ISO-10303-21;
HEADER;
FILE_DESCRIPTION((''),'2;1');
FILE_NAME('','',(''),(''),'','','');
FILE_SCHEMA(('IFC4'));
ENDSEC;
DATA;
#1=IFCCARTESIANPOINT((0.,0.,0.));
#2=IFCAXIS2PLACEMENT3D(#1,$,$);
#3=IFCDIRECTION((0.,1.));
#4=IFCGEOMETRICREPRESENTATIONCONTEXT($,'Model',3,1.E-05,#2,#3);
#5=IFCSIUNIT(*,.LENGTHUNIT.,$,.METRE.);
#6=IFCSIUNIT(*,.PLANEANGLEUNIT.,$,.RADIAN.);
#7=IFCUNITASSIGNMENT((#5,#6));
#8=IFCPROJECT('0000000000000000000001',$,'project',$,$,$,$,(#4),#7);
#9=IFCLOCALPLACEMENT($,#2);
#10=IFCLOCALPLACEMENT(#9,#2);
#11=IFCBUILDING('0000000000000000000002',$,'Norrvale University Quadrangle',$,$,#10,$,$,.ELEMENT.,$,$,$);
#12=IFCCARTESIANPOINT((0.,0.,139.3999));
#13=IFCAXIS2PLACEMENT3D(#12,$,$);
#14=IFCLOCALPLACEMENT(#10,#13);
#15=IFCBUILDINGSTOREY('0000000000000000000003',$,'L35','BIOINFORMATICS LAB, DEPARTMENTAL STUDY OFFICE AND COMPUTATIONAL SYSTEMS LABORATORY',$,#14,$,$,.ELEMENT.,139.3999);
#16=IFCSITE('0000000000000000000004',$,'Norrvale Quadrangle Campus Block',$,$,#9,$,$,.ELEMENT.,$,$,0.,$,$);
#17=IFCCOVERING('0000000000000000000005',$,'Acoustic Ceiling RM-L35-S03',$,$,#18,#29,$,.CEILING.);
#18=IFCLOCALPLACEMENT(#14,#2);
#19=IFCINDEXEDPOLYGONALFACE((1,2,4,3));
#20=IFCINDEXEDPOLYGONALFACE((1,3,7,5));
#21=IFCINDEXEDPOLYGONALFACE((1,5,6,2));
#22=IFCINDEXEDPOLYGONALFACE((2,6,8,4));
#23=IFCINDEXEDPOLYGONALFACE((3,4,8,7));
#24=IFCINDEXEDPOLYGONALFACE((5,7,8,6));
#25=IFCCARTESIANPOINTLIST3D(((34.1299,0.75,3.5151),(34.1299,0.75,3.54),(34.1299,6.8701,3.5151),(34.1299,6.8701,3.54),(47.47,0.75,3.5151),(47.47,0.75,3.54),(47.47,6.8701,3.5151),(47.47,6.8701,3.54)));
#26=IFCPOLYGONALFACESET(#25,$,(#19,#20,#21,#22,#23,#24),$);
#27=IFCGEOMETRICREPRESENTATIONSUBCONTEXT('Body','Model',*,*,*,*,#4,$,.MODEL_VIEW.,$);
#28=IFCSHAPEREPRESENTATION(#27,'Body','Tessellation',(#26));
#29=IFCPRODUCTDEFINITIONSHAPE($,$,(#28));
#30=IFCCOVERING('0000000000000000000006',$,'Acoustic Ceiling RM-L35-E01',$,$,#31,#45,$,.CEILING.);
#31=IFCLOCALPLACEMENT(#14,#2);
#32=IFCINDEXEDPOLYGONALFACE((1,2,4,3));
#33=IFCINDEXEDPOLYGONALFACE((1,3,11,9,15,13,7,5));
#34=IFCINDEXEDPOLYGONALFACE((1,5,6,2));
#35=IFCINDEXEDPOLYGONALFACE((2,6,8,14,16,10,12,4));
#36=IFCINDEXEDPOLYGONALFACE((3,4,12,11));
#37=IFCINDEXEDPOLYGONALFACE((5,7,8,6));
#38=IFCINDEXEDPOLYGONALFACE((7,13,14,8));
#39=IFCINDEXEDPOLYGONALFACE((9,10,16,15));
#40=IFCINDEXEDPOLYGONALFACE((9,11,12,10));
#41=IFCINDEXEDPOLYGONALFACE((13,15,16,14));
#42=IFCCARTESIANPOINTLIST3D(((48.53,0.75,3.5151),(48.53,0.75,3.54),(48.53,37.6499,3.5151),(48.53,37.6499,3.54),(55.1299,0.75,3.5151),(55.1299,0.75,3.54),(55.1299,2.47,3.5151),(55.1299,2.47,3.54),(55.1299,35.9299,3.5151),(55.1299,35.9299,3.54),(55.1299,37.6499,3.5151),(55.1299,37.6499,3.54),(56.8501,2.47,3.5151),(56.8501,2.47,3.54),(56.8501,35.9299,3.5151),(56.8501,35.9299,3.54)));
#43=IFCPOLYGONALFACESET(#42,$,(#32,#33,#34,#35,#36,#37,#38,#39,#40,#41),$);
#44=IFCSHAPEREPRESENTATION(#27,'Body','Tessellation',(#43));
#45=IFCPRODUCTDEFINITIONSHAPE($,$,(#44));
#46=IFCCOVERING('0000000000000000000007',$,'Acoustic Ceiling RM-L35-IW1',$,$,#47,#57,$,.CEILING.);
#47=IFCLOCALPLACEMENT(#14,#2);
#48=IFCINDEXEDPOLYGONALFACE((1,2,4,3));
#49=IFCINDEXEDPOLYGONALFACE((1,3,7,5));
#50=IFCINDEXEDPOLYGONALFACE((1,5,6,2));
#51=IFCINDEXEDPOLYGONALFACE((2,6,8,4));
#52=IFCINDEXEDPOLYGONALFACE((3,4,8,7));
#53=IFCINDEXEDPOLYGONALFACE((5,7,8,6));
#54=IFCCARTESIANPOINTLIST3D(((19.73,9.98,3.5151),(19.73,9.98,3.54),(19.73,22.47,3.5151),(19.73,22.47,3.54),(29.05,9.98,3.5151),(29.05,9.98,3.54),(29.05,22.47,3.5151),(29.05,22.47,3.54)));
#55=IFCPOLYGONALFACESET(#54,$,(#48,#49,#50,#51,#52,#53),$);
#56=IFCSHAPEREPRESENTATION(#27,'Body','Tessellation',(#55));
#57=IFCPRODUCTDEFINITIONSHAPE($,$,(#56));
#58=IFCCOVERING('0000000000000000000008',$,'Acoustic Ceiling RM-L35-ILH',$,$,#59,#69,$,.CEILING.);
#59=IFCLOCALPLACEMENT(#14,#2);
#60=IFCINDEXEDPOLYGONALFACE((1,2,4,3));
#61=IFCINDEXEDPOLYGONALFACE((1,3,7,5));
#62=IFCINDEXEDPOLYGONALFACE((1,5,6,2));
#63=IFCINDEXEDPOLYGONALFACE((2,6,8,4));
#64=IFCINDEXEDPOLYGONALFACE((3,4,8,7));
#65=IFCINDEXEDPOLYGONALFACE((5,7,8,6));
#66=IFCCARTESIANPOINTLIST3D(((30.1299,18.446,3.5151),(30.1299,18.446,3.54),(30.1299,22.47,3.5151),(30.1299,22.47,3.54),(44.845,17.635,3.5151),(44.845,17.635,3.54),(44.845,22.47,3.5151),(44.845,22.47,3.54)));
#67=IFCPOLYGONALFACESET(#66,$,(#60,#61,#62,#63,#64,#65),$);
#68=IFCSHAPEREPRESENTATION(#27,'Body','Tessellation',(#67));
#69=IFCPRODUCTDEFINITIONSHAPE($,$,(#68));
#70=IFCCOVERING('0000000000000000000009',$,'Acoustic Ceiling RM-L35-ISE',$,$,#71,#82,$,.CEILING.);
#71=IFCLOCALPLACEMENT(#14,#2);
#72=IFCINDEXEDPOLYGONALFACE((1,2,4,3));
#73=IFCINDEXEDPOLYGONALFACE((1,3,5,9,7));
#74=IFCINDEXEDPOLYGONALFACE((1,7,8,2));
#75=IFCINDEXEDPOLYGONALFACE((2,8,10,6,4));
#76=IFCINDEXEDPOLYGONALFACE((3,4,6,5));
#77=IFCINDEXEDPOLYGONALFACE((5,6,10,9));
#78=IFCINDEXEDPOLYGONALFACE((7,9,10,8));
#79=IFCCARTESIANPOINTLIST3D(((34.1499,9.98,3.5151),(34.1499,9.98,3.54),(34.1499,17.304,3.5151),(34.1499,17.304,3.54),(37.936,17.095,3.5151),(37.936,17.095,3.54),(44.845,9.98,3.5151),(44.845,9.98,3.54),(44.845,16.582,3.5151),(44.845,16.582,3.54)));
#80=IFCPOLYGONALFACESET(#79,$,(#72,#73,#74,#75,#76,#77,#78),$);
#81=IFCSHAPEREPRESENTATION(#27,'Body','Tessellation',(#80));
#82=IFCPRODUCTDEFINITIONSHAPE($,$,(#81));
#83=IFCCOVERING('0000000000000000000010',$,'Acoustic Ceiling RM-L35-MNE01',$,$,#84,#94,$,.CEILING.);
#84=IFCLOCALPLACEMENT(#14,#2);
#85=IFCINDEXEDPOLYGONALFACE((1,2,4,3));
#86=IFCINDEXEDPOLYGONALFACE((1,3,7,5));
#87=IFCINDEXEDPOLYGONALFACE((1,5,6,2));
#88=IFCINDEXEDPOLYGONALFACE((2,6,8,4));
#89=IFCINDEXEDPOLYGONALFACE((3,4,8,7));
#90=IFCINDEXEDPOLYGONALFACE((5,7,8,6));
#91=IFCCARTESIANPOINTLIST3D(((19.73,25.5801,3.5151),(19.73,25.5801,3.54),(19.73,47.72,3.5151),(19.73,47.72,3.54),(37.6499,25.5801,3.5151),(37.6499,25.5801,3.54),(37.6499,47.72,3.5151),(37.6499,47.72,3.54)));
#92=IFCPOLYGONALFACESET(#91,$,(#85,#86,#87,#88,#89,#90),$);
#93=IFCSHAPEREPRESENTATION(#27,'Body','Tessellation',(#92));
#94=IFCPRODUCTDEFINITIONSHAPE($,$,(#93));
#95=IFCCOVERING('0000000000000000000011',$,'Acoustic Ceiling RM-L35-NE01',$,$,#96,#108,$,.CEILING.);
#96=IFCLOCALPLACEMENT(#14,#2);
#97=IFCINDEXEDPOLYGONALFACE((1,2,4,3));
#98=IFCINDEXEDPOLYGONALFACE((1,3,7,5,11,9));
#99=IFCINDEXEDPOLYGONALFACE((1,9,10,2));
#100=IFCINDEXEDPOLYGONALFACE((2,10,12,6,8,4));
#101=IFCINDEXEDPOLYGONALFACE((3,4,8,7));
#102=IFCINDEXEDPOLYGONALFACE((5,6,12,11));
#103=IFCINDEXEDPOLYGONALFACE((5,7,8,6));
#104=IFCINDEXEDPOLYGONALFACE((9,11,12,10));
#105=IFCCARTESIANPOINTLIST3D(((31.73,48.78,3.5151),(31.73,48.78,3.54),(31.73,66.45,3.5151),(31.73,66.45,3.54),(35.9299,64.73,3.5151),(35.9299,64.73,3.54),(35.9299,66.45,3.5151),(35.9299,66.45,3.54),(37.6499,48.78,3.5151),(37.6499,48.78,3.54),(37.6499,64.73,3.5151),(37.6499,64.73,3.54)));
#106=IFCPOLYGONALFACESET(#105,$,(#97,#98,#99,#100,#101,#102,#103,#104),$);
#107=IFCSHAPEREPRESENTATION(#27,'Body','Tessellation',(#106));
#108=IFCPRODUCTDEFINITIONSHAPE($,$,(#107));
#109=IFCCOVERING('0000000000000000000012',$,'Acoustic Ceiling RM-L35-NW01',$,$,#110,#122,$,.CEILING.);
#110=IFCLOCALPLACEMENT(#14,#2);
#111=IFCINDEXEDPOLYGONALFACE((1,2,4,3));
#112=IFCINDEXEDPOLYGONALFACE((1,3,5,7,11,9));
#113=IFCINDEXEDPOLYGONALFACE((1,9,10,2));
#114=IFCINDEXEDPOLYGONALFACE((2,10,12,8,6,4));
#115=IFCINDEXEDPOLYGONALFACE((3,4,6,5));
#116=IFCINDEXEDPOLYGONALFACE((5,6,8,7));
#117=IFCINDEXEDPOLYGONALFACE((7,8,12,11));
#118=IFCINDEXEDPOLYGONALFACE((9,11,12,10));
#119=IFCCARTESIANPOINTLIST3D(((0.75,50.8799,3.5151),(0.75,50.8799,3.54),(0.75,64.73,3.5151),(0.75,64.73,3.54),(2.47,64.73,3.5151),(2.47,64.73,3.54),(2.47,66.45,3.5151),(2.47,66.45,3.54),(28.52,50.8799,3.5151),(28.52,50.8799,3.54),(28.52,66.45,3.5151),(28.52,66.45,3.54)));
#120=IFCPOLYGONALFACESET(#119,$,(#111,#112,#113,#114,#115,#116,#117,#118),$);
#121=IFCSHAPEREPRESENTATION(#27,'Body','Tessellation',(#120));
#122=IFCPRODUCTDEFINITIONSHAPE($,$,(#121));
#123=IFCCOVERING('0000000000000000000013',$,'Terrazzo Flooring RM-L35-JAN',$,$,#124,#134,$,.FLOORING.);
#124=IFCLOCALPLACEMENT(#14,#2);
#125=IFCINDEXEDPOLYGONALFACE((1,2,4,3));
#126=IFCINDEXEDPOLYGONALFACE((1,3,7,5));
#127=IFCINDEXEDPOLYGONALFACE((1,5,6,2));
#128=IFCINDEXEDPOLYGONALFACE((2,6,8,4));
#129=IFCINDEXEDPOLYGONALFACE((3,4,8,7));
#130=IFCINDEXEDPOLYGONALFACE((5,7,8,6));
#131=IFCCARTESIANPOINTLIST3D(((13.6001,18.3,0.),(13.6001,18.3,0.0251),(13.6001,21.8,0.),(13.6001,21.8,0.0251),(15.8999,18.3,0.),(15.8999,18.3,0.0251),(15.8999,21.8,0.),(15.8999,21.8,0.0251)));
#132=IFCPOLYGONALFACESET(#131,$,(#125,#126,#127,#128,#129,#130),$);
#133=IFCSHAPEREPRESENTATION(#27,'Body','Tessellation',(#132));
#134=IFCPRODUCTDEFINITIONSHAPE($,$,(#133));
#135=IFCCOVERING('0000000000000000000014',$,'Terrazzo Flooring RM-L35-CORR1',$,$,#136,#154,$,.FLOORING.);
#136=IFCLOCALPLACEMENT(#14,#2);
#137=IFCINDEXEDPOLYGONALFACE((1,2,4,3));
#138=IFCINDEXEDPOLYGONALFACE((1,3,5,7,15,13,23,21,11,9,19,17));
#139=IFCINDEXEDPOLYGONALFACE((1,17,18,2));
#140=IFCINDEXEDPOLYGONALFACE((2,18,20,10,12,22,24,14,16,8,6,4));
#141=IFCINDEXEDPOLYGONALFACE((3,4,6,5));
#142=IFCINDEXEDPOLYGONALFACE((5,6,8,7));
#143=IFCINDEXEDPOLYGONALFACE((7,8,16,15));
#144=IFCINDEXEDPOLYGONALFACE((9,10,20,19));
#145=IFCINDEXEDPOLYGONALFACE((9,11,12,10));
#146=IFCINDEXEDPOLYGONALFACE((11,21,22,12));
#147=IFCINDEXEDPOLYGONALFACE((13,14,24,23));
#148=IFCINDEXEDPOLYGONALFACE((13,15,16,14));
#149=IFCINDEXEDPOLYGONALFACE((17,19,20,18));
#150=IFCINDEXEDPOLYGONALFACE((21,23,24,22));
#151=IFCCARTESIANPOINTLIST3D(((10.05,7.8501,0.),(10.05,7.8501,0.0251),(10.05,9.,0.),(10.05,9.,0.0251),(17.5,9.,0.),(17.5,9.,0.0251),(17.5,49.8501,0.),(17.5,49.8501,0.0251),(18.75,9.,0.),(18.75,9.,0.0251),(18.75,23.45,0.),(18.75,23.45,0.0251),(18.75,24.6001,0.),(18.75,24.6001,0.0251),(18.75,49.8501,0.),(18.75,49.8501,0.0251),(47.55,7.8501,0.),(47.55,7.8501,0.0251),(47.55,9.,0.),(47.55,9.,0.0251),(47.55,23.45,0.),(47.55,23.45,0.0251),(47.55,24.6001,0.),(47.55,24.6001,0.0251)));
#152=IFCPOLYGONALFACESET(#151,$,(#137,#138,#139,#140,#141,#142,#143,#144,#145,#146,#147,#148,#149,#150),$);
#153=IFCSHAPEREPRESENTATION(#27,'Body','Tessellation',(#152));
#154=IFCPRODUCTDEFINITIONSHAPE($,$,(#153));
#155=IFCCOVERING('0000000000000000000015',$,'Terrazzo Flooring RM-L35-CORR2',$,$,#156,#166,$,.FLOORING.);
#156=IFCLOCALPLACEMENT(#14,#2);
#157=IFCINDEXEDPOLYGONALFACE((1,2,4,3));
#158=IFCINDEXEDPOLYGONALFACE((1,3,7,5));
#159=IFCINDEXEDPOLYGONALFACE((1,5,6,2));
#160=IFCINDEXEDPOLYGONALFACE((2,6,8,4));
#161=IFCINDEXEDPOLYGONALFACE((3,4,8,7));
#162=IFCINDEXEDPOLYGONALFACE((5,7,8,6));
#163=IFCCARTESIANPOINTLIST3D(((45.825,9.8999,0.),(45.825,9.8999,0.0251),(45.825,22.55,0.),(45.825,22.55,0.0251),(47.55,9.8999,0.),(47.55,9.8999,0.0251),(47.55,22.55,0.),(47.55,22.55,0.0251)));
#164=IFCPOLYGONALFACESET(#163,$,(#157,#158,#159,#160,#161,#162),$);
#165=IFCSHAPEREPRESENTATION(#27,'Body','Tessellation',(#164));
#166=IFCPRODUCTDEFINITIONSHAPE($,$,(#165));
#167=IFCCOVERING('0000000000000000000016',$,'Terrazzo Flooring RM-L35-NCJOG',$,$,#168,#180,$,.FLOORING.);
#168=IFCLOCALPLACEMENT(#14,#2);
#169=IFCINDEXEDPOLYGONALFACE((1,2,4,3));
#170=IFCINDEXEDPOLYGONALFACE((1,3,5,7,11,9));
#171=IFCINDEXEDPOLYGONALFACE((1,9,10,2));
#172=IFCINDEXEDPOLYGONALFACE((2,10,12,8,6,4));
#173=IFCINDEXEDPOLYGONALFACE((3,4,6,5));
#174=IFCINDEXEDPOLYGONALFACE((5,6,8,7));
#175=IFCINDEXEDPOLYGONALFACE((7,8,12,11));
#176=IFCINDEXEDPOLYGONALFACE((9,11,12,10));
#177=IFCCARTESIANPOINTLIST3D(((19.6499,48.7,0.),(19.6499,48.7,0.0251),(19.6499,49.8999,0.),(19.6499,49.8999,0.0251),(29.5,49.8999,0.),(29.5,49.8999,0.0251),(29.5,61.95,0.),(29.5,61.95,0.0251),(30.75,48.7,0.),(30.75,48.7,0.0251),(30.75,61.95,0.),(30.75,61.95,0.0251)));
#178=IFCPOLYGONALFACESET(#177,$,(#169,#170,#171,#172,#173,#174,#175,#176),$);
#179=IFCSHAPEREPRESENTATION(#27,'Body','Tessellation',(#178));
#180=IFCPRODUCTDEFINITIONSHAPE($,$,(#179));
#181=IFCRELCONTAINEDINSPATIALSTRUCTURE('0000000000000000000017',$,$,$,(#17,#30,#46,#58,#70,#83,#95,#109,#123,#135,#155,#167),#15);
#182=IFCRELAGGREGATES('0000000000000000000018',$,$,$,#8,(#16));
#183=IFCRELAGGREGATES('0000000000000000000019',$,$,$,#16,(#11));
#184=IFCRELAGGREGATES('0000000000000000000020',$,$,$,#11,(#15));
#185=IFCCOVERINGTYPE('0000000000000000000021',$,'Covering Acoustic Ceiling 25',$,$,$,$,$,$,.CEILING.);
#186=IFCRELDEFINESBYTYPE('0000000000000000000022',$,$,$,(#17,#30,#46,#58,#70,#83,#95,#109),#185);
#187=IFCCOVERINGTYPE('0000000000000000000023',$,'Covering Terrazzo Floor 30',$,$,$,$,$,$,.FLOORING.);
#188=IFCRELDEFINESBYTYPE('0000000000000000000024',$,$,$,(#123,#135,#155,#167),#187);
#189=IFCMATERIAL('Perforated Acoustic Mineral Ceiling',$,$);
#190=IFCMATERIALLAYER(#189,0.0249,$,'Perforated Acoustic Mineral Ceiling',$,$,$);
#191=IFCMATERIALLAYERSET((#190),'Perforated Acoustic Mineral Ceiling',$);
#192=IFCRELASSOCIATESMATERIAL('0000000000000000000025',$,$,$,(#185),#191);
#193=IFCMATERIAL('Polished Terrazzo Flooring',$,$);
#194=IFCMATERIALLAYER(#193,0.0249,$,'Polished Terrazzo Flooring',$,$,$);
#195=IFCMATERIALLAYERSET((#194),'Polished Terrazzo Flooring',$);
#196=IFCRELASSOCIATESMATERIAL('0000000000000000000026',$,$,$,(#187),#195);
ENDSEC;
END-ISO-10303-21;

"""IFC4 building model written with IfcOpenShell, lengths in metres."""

from ifc_helpers import new_model, si_unit, direction, frame, origin, place, context, subcontext, project, spatial, polyline, outline, extrude, material, layer, layer_set, type_object, element, save


model = new_model("IFC4")

# Units and contexts
model_context = context("Model", 3, precision=1e-05, world=origin(), true_north=direction((0.0, 1.0)))
body_context = subcontext(model_context, "Body", "Model", "MODEL_VIEW")
ifc_project = project(units=[si_unit("LENGTHUNIT", "METRE"), si_unit("PLANEANGLEUNIT", "RADIAN")], contexts=[model_context])

# Site, building, storey
site_placement = place(None, origin())
site = spatial("IfcSite", under=ifc_project, at=site_placement, Name="Norrvale Quadrangle Campus Block", CompositionType="ELEMENT", RefElevation=0.0)
building_placement = place(site_placement, origin())
building = spatial("IfcBuilding", under=site, at=building_placement, Name="Norrvale University Quadrangle", CompositionType="ELEMENT")
storey_placement = place(building_placement, frame((0.0, 0.0, 139.3999)))
storey = spatial("IfcBuildingStorey", under=building, at=storey_placement, Name="L35", Description="BIOINFORMATICS LAB, DEPARTMENTAL STUDY OFFICE AND COMPUTATIONAL SYSTEMS LABORATORY", CompositionType="ELEMENT", Elevation=139.3999)

# Coverings
ifc_material_1 = material(Name="Perforated Acoustic Mineral Ceiling")
ifc_layer_1 = layer(ifc_material_1, 0.0249, Name="Perforated Acoustic Mineral Ceiling")
ifc_layer_set_1 = layer_set([ifc_layer_1], Name="Perforated Acoustic Mineral Ceiling")
covering_type_1 = type_object("IfcCoveringType", Name="Covering Acoustic Ceiling 25", PredefinedType="CEILING", material=ifc_layer_set_1)
covering_1_placement = place(storey_placement, frame((0.0, 0.0, 3.5151)))
element("IfcCovering", 1, at=covering_1_placement, inside=storey, type_object=covering_type_1, Name="Acoustic Ceiling RM-L35-S03", PredefinedType="CEILING", context=body_context, shape_type="SweptSolid", body=[
    extrude(outline(polyline([(34.1299, 6.8701), (47.47, 6.8701), (47.47, 0.75), (34.1299, 0.75), (34.1299, 6.8701)])), origin(), (0.0, 0.0, 1.0), 0.0249),
])
covering_2_placement = place(storey_placement, frame((0.0, 0.0, 3.5151)))
element("IfcCovering", 2, at=covering_2_placement, inside=storey, type_object=covering_type_1, Name="Acoustic Ceiling RM-L35-E01", PredefinedType="CEILING", context=body_context, shape_type="SweptSolid", body=[
    extrude(outline(polyline([(48.53, 0.75), (48.53, 37.6499), (55.1299, 37.6499), (55.1299, 35.9299), (56.8501, 35.9299), (56.8501, 2.47), (55.1299, 2.47), (55.1299, 0.75), (48.53, 0.75)])), origin(), (0.0, 0.0, 1.0), 0.0249),
])
covering_3_placement = place(storey_placement, frame((0.0, 0.0, 3.5151)))
element("IfcCovering", 3, at=covering_3_placement, inside=storey, type_object=covering_type_1, Name="Acoustic Ceiling RM-L35-IW1", PredefinedType="CEILING", context=body_context, shape_type="SweptSolid", body=[
    extrude(outline(polyline([(19.73, 9.98), (19.73, 22.47), (29.05, 22.47), (29.05, 9.98), (19.73, 9.98)])), origin(), (0.0, 0.0, 1.0), 0.0249),
])
covering_4_placement = place(storey_placement, frame((0.0, 0.0, 3.5151)))
element("IfcCovering", 4, at=covering_4_placement, inside=storey, type_object=covering_type_1, Name="Acoustic Ceiling RM-L35-ILH", PredefinedType="CEILING", context=body_context, shape_type="SweptSolid", body=[
    extrude(outline(polyline([(30.1299, 18.446), (30.1299, 22.47), (44.845, 22.47), (44.845, 17.635), (30.1299, 18.446)])), origin(), (0.0, 0.0, 1.0), 0.0249),
])
covering_5_placement = place(storey_placement, frame((0.0, 0.0, 3.5151)))
element("IfcCovering", 5, at=covering_5_placement, inside=storey, type_object=covering_type_1, Name="Acoustic Ceiling RM-L35-ISE", PredefinedType="CEILING", context=body_context, shape_type="SweptSolid", body=[
    extrude(outline(polyline([(44.845, 16.582), (44.845, 9.98), (34.1499, 9.98), (34.1499, 17.304), (37.936, 17.095), (44.845, 16.582)])), origin(), (0.0, 0.0, 1.0), 0.0249),
])
covering_6_placement = place(storey_placement, frame((0.0, 0.0, 3.5151)))
element("IfcCovering", 6, at=covering_6_placement, inside=storey, type_object=covering_type_1, Name="Acoustic Ceiling RM-L35-MNE01", PredefinedType="CEILING", context=body_context, shape_type="SweptSolid", body=[
    extrude(outline(polyline([(19.73, 47.72), (37.6499, 47.72), (37.6499, 25.5801), (19.73, 25.5801), (19.73, 47.72)])), origin(), (0.0, 0.0, 1.0), 0.0249),
])
covering_7_placement = place(storey_placement, frame((0.0, 0.0, 3.5151)))
element("IfcCovering", 7, at=covering_7_placement, inside=storey, type_object=covering_type_1, Name="Acoustic Ceiling RM-L35-NE01", PredefinedType="CEILING", context=body_context, shape_type="SweptSolid", body=[
    extrude(outline(polyline([(37.6499, 48.78), (31.73, 48.78), (31.73, 66.45), (35.9299, 66.45), (35.9299, 64.73), (37.6499, 64.73), (37.6499, 48.78)])), origin(), (0.0, 0.0, 1.0), 0.0249),
])
covering_8_placement = place(storey_placement, frame((0.0, 0.0, 3.5151)))
element("IfcCovering", 8, at=covering_8_placement, inside=storey, type_object=covering_type_1, Name="Acoustic Ceiling RM-L35-NW01", PredefinedType="CEILING", context=body_context, shape_type="SweptSolid", body=[
    extrude(outline(polyline([(28.52, 66.45), (28.52, 50.8799), (0.75, 50.8799), (0.75, 64.73), (2.47, 64.73), (2.47, 66.45), (28.52, 66.45)])), origin(), (0.0, 0.0, 1.0), 0.0249),
])
ifc_material_2 = material(Name="Polished Terrazzo Flooring")
ifc_layer_2 = layer(ifc_material_2, 0.0249, Name="Polished Terrazzo Flooring")
ifc_layer_set_2 = layer_set([ifc_layer_2], Name="Polished Terrazzo Flooring")
covering_type_2 = type_object("IfcCoveringType", Name="Covering Terrazzo Floor 30", PredefinedType="FLOORING", material=ifc_layer_set_2)
covering_9_placement = place(storey_placement, origin())
element("IfcCovering", 9, at=covering_9_placement, inside=storey, type_object=covering_type_2, Name="Terrazzo Flooring RM-L35-JAN", PredefinedType="FLOORING", context=body_context, shape_type="SweptSolid", body=[
    extrude(outline(polyline([(13.6001, 18.3), (13.6001, 21.8), (15.8999, 21.8), (15.8999, 18.3), (13.6001, 18.3)])), origin(), (0.0, 0.0, 1.0), 0.0251),
])
covering_10_placement = place(storey_placement, origin())
element("IfcCovering", 10, at=covering_10_placement, inside=storey, type_object=covering_type_2, Name="Terrazzo Flooring RM-L35-CORR1", PredefinedType="FLOORING", context=body_context, shape_type="SweptSolid", body=[
    extrude(outline(polyline([(10.05, 7.8501), (10.05, 9.0), (17.5, 9.0), (17.5, 49.8501), (18.75, 49.8501), (18.75, 24.6001), (47.55, 24.6001), (47.55, 23.45), (18.75, 23.45), (18.75, 9.0), (47.55, 9.0), (47.55, 7.8501), (10.05, 7.8501)])), origin(), (0.0, 0.0, 1.0), 0.0251),
])
covering_11_placement = place(storey_placement, origin())
element("IfcCovering", 11, at=covering_11_placement, inside=storey, type_object=covering_type_2, Name="Terrazzo Flooring RM-L35-CORR2", PredefinedType="FLOORING", context=body_context, shape_type="SweptSolid", body=[
    extrude(outline(polyline([(45.825, 9.8999), (45.825, 22.55), (47.55, 22.55), (47.55, 9.8999), (45.825, 9.8999)])), origin(), (0.0, 0.0, 1.0), 0.0251),
])
covering_12_placement = place(storey_placement, origin())
element("IfcCovering", 12, at=covering_12_placement, inside=storey, type_object=covering_type_2, Name="Terrazzo Flooring RM-L35-NCJOG", PredefinedType="FLOORING", context=body_context, shape_type="SweptSolid", body=[
    extrude(outline(polyline([(19.6499, 48.7), (19.6499, 49.8999), (29.5, 49.8999), (29.5, 61.95), (30.75, 61.95), (30.75, 48.7), (19.6499, 48.7)])), origin(), (0.0, 0.0, 1.0), 0.0251),
])

save(model, "model.ifc")
